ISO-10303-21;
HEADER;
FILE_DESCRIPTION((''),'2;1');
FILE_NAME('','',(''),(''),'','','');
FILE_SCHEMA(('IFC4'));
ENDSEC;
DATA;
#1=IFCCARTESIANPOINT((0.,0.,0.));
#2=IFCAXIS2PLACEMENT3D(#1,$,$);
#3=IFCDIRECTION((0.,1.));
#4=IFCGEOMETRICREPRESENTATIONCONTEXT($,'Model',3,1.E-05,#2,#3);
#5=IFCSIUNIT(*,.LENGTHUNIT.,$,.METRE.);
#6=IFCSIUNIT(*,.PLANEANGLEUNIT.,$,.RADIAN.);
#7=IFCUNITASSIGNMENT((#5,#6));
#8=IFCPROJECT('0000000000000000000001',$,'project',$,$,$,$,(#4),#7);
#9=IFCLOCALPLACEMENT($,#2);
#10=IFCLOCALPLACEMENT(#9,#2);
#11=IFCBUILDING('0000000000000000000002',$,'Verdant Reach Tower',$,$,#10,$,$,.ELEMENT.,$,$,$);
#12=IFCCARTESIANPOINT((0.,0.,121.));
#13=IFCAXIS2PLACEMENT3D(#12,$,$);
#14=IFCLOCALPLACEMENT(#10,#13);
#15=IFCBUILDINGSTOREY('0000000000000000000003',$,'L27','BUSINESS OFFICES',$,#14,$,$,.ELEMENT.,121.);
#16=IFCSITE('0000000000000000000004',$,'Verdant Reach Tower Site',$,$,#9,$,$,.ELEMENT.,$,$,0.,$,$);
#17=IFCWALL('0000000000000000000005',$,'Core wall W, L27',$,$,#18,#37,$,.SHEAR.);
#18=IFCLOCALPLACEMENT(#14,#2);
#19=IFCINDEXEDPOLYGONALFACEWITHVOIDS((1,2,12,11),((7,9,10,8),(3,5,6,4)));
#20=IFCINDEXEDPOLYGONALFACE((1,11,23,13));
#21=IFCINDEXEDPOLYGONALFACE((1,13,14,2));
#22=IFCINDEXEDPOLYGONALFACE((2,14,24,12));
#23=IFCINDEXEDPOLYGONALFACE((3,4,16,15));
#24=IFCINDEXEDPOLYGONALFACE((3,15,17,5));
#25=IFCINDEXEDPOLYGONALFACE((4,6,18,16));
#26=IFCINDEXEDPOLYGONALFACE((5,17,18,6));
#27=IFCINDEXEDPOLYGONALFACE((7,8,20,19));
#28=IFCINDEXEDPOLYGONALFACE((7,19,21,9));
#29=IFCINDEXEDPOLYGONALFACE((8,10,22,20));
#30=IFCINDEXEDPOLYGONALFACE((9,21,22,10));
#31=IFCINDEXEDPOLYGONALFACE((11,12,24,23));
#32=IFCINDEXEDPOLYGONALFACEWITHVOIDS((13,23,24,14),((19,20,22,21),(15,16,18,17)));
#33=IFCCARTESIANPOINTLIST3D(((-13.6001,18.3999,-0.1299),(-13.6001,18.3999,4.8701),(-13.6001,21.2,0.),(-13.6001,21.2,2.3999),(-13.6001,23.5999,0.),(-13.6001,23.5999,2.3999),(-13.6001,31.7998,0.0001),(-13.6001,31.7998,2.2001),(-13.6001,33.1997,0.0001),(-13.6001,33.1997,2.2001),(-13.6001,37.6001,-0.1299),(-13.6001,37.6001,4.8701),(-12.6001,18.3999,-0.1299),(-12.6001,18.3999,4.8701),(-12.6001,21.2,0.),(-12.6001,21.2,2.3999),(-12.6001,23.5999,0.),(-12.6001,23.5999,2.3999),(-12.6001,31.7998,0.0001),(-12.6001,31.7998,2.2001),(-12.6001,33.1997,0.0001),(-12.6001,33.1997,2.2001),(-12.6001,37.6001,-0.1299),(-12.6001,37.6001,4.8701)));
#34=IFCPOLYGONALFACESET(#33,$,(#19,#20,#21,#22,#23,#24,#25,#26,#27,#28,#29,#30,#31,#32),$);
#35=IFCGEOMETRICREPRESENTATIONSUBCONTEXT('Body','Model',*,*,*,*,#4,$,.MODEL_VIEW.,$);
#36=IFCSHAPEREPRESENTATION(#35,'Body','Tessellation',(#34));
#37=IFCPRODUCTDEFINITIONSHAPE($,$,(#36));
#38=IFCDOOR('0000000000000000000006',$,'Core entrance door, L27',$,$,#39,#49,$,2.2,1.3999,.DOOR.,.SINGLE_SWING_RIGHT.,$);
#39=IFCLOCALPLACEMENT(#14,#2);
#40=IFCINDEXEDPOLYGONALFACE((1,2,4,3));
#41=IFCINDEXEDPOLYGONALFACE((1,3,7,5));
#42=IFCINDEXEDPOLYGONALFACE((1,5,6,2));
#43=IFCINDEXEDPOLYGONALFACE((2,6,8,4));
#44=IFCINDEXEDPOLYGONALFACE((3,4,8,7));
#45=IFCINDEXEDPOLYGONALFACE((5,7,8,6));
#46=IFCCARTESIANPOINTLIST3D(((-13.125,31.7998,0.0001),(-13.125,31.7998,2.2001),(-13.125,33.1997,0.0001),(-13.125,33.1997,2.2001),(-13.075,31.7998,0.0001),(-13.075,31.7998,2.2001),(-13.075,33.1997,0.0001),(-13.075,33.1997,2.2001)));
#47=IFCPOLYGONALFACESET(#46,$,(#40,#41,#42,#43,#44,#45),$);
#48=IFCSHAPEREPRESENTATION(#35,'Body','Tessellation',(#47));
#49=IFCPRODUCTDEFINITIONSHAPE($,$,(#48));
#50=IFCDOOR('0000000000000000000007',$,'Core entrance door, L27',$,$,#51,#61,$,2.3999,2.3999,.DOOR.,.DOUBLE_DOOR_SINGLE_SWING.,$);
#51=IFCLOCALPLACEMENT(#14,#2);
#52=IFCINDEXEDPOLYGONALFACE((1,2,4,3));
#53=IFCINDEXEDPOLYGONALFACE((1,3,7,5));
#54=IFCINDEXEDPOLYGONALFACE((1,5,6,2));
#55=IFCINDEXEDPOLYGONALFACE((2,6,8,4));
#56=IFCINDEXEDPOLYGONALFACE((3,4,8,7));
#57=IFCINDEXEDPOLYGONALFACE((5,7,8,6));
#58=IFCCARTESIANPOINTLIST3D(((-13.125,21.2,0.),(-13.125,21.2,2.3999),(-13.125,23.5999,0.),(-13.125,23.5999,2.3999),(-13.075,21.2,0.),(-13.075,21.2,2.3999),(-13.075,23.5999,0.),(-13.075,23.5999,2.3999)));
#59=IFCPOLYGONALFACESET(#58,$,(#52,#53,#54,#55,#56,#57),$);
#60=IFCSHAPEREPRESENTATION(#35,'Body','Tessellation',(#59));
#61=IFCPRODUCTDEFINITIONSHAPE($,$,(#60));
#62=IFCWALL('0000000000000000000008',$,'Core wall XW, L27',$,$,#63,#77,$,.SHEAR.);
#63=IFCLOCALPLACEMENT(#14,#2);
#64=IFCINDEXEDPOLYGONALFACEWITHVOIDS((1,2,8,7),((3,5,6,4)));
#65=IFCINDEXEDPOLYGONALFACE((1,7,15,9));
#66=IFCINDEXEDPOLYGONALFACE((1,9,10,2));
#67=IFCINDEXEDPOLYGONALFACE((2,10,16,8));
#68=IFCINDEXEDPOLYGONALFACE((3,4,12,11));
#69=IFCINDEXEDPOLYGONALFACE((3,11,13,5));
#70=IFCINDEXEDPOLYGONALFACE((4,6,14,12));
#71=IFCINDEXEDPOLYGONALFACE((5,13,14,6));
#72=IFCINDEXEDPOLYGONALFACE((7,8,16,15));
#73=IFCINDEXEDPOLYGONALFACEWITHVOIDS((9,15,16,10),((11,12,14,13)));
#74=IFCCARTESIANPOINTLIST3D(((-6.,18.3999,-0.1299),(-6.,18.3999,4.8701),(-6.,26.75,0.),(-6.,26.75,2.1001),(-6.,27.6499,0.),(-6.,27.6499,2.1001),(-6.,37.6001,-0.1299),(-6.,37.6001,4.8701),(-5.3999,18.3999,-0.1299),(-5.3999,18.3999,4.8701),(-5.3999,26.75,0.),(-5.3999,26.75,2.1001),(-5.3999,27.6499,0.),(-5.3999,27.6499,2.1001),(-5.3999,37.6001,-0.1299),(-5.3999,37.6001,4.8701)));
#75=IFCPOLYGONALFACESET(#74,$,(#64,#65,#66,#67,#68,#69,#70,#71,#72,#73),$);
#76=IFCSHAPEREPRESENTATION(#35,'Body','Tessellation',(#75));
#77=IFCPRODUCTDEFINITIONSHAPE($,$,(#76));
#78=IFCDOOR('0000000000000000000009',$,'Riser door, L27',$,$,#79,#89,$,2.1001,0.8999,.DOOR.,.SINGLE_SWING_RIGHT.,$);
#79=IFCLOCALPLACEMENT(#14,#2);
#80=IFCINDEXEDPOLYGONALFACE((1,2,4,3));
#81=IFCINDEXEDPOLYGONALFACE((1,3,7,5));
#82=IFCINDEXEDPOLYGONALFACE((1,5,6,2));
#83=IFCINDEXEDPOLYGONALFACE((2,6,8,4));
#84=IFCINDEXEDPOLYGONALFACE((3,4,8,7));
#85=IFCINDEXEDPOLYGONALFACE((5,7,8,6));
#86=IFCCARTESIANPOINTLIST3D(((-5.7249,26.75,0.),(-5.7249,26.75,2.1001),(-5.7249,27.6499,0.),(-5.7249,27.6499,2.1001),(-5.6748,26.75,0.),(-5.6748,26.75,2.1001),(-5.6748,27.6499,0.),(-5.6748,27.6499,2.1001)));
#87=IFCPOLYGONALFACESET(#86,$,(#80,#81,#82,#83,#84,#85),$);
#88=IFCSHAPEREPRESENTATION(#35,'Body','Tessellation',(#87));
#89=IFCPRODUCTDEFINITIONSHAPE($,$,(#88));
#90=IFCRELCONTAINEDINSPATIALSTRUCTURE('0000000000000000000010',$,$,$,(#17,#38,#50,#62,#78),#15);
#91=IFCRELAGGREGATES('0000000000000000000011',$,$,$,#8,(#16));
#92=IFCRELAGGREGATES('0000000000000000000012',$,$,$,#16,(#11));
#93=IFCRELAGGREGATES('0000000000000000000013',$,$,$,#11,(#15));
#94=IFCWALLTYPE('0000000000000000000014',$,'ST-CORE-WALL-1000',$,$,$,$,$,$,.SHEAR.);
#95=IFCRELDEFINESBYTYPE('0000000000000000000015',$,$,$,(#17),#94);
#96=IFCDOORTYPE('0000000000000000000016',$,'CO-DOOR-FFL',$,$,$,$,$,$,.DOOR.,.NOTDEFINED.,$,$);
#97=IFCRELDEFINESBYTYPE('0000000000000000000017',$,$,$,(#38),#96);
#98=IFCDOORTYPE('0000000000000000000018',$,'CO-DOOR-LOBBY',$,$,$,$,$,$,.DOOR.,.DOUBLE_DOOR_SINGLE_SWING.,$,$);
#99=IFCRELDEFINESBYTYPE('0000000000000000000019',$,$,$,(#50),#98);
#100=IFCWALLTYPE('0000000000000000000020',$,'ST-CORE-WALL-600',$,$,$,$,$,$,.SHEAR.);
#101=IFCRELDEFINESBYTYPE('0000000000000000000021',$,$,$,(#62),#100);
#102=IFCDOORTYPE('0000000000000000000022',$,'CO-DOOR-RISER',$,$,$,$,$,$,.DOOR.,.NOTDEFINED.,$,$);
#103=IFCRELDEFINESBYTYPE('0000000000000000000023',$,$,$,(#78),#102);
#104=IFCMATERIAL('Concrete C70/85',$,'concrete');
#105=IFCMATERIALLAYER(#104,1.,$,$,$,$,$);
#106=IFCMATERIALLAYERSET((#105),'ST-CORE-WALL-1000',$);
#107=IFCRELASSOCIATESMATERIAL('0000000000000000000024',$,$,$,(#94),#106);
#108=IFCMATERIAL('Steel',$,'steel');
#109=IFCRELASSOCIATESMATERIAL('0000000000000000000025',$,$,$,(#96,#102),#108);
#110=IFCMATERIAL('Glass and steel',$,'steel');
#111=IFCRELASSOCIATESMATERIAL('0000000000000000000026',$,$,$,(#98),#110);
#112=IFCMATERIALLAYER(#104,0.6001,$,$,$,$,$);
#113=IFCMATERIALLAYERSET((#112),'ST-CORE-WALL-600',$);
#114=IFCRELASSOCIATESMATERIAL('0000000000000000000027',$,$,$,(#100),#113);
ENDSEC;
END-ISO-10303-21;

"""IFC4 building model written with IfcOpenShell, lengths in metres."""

from ifc_helpers import new_model, si_unit, direction, frame, frame_2d, origin, place, context, subcontext, project, spatial, rectangle, extrude, material, layer, layer_set, type_object, element, fill, save


model = new_model("IFC4")

# Units and contexts
model_context = context("Model", 3, precision=1e-05, world=origin(), true_north=direction((0.0, 1.0)))
body_context = subcontext(model_context, "Body", "Model", "MODEL_VIEW")
ifc_project = project(units=[si_unit("LENGTHUNIT", "METRE"), si_unit("PLANEANGLEUNIT", "RADIAN")], contexts=[model_context])

# Site, building, storey
site_placement = place(None, origin())
site = spatial("IfcSite", under=ifc_project, at=site_placement, Name="Verdant Reach Tower Site", CompositionType="ELEMENT", RefElevation=0.0)
building_placement = place(site_placement, origin())
building = spatial("IfcBuilding", under=site, at=building_placement, Name="Verdant Reach Tower", CompositionType="ELEMENT")
storey_placement = place(building_placement, frame((0.0, 0.0, 121.0)))
storey = spatial("IfcBuildingStorey", under=building, at=storey_placement, Name="L27", Description="BUSINESS OFFICES", CompositionType="ELEMENT", Elevation=121.0)

# Wall, openings, doors
ifc_material_1 = material(Name="Concrete C70/85", Category="concrete")
ifc_layer_1 = layer(ifc_material_1, 1.0)
ifc_layer_set_1 = layer_set([ifc_layer_1], Name="ST-CORE-WALL-1000")
wall_type_1 = type_object("IfcWallType", Name="ST-CORE-WALL-1000", PredefinedType="SHEAR", material=ifc_layer_set_1)
wall_1_placement = place(storey_placement, frame((-13.1001, 18.3999, -0.1299), z_axis=(0.0, 0.0, 1.0), x_axis=(0.0, 1.0, 0.0)))
wall_1 = element("IfcWall", 1, at=wall_1_placement, inside=storey, type_object=wall_type_1, Name="Core wall W, L27", PredefinedType="SHEAR", context=body_context, shape_type="SweptSolid", body=[
    extrude(rectangle(XDim=19.2002, YDim=1.0, at=frame_2d((9.6001, 0.0))), origin(), (0.0, 0.0, 1.0), 5.0),
])
opening_1_placement = place(wall_1_placement, frame((2.8, 0.0, 0.1299)))
opening_1 = element("IfcOpeningElement", 2, at=opening_1_placement, cuts=wall_1, PredefinedType="OPENING", context=body_context, shape_type="SweptSolid", body=[
    extrude(rectangle(XDim=2.3999, YDim=2.3999, at=frame_2d((1.2, 1.2))), frame((0.0, 0.51, 0.0), z_axis=(0.0, -1.0, 0.0), x_axis=(1.0, 0.0, 0.0)), (0.0, 0.0, 1.0), 1.02),
])
opening_2_placement = place(wall_1_placement, frame((13.3999, 0.0, 0.1299)))
opening_2 = element("IfcOpeningElement", 3, at=opening_2_placement, cuts=wall_1, PredefinedType="OPENING", context=body_context, shape_type="SweptSolid", body=[
    extrude(rectangle(XDim=1.3999, YDim=2.2, at=frame_2d((0.7, 1.1001))), frame((0.0, 0.51, 0.0), z_axis=(0.0, -1.0, 0.0), x_axis=(1.0, 0.0, 0.0)), (0.0, 0.0, 1.0), 1.02),
])
ifc_material_2 = material(Name="Steel", Category="steel")
door_type_1 = type_object("IfcDoorType", Name="CO-DOOR-FFL", OperationType="NOTDEFINED", PredefinedType="DOOR", material=ifc_material_2)
door_1_placement = place(opening_2_placement, origin())
door_1 = element("IfcDoor", 4, at=door_1_placement, inside=storey, type_object=door_type_1, Name="Core entrance door, L27", OperationType="SINGLE_SWING_RIGHT", OverallHeight=2.2, OverallWidth=1.3999, PredefinedType="DOOR", context=body_context, shape_type="SweptSolid", body=[
    extrude(rectangle(XDim=1.3999, YDim=2.2, at=frame_2d((0.7, 1.1001))), frame((0.0, 0.0249, 0.0), z_axis=(0.0, -1.0, 0.0), x_axis=(1.0, 0.0, 0.0)), (0.0, 0.0, 1.0), 0.05),
])
fill(opening_2, door_1)
ifc_material_3 = material(Name="Glass and steel", Category="steel")
door_type_2 = type_object("IfcDoorType", Name="CO-DOOR-LOBBY", OperationType="DOUBLE_DOOR_SINGLE_SWING", PredefinedType="DOOR", material=ifc_material_3)
door_2_placement = place(opening_1_placement, origin())
door_2 = element("IfcDoor", 5, at=door_2_placement, inside=storey, type_object=door_type_2, Name="Core entrance door, L27", OperationType="DOUBLE_DOOR_SINGLE_SWING", OverallHeight=2.3999, OverallWidth=2.3999, PredefinedType="DOOR", context=body_context, shape_type="SweptSolid", body=[
    extrude(rectangle(XDim=2.3999, YDim=2.3999, at=frame_2d((1.2, 1.2))), frame((0.0, 0.0249, 0.0), z_axis=(0.0, -1.0, 0.0), x_axis=(1.0, 0.0, 0.0)), (0.0, 0.0, 1.0), 0.05),
])
fill(opening_1, door_2)

# Wall, opening, door
ifc_layer_2 = layer(ifc_material_1, 0.6001)
ifc_layer_set_2 = layer_set([ifc_layer_2], Name="ST-CORE-WALL-600")
wall_type_2 = type_object("IfcWallType", Name="ST-CORE-WALL-600", PredefinedType="SHEAR", material=ifc_layer_set_2)
wall_2_placement = place(storey_placement, frame((-5.7, 18.3999, -0.1299), z_axis=(0.0, 0.0, 1.0), x_axis=(0.0, 1.0, 0.0)))
wall_2 = element("IfcWall", 6, at=wall_2_placement, inside=storey, type_object=wall_type_2, Name="Core wall XW, L27", PredefinedType="SHEAR", context=body_context, shape_type="SweptSolid", body=[
    extrude(rectangle(XDim=19.2002, YDim=0.6001, at=frame_2d((9.6001, 0.0))), origin(), (0.0, 0.0, 1.0), 5.0),
])
opening_3_placement = place(wall_2_placement, frame((8.3501, 0.0, 0.1299)))
opening_3 = element("IfcOpeningElement", 7, at=opening_3_placement, cuts=wall_2, PredefinedType="OPENING", context=body_context, shape_type="SweptSolid", body=[
    extrude(rectangle(XDim=0.8999, YDim=2.1001, at=frame_2d((0.45, 1.05))), frame((0.0, 0.3101, 0.0), z_axis=(0.0, -1.0, 0.0), x_axis=(1.0, 0.0, 0.0)), (0.0, 0.0, 1.0), 0.6201),
])
door_type_3 = type_object("IfcDoorType", Name="CO-DOOR-RISER", OperationType="NOTDEFINED", PredefinedType="DOOR", material=ifc_material_2)
door_3_placement = place(opening_3_placement, origin())
door_3 = element("IfcDoor", 8, at=door_3_placement, inside=storey, type_object=door_type_3, Name="Riser door, L27", OperationType="SINGLE_SWING_RIGHT", OverallHeight=2.1001, OverallWidth=0.8999, PredefinedType="DOOR", context=body_context, shape_type="SweptSolid", body=[
    extrude(rectangle(XDim=0.8999, YDim=2.1001, at=frame_2d((0.45, 1.05))), frame((0.0, 0.0249, 0.0), z_axis=(0.0, -1.0, 0.0), x_axis=(1.0, 0.0, 0.0)), (0.0, 0.0, 1.0), 0.05),
])
fill(opening_3, door_3)

save(model, "model.ifc")
